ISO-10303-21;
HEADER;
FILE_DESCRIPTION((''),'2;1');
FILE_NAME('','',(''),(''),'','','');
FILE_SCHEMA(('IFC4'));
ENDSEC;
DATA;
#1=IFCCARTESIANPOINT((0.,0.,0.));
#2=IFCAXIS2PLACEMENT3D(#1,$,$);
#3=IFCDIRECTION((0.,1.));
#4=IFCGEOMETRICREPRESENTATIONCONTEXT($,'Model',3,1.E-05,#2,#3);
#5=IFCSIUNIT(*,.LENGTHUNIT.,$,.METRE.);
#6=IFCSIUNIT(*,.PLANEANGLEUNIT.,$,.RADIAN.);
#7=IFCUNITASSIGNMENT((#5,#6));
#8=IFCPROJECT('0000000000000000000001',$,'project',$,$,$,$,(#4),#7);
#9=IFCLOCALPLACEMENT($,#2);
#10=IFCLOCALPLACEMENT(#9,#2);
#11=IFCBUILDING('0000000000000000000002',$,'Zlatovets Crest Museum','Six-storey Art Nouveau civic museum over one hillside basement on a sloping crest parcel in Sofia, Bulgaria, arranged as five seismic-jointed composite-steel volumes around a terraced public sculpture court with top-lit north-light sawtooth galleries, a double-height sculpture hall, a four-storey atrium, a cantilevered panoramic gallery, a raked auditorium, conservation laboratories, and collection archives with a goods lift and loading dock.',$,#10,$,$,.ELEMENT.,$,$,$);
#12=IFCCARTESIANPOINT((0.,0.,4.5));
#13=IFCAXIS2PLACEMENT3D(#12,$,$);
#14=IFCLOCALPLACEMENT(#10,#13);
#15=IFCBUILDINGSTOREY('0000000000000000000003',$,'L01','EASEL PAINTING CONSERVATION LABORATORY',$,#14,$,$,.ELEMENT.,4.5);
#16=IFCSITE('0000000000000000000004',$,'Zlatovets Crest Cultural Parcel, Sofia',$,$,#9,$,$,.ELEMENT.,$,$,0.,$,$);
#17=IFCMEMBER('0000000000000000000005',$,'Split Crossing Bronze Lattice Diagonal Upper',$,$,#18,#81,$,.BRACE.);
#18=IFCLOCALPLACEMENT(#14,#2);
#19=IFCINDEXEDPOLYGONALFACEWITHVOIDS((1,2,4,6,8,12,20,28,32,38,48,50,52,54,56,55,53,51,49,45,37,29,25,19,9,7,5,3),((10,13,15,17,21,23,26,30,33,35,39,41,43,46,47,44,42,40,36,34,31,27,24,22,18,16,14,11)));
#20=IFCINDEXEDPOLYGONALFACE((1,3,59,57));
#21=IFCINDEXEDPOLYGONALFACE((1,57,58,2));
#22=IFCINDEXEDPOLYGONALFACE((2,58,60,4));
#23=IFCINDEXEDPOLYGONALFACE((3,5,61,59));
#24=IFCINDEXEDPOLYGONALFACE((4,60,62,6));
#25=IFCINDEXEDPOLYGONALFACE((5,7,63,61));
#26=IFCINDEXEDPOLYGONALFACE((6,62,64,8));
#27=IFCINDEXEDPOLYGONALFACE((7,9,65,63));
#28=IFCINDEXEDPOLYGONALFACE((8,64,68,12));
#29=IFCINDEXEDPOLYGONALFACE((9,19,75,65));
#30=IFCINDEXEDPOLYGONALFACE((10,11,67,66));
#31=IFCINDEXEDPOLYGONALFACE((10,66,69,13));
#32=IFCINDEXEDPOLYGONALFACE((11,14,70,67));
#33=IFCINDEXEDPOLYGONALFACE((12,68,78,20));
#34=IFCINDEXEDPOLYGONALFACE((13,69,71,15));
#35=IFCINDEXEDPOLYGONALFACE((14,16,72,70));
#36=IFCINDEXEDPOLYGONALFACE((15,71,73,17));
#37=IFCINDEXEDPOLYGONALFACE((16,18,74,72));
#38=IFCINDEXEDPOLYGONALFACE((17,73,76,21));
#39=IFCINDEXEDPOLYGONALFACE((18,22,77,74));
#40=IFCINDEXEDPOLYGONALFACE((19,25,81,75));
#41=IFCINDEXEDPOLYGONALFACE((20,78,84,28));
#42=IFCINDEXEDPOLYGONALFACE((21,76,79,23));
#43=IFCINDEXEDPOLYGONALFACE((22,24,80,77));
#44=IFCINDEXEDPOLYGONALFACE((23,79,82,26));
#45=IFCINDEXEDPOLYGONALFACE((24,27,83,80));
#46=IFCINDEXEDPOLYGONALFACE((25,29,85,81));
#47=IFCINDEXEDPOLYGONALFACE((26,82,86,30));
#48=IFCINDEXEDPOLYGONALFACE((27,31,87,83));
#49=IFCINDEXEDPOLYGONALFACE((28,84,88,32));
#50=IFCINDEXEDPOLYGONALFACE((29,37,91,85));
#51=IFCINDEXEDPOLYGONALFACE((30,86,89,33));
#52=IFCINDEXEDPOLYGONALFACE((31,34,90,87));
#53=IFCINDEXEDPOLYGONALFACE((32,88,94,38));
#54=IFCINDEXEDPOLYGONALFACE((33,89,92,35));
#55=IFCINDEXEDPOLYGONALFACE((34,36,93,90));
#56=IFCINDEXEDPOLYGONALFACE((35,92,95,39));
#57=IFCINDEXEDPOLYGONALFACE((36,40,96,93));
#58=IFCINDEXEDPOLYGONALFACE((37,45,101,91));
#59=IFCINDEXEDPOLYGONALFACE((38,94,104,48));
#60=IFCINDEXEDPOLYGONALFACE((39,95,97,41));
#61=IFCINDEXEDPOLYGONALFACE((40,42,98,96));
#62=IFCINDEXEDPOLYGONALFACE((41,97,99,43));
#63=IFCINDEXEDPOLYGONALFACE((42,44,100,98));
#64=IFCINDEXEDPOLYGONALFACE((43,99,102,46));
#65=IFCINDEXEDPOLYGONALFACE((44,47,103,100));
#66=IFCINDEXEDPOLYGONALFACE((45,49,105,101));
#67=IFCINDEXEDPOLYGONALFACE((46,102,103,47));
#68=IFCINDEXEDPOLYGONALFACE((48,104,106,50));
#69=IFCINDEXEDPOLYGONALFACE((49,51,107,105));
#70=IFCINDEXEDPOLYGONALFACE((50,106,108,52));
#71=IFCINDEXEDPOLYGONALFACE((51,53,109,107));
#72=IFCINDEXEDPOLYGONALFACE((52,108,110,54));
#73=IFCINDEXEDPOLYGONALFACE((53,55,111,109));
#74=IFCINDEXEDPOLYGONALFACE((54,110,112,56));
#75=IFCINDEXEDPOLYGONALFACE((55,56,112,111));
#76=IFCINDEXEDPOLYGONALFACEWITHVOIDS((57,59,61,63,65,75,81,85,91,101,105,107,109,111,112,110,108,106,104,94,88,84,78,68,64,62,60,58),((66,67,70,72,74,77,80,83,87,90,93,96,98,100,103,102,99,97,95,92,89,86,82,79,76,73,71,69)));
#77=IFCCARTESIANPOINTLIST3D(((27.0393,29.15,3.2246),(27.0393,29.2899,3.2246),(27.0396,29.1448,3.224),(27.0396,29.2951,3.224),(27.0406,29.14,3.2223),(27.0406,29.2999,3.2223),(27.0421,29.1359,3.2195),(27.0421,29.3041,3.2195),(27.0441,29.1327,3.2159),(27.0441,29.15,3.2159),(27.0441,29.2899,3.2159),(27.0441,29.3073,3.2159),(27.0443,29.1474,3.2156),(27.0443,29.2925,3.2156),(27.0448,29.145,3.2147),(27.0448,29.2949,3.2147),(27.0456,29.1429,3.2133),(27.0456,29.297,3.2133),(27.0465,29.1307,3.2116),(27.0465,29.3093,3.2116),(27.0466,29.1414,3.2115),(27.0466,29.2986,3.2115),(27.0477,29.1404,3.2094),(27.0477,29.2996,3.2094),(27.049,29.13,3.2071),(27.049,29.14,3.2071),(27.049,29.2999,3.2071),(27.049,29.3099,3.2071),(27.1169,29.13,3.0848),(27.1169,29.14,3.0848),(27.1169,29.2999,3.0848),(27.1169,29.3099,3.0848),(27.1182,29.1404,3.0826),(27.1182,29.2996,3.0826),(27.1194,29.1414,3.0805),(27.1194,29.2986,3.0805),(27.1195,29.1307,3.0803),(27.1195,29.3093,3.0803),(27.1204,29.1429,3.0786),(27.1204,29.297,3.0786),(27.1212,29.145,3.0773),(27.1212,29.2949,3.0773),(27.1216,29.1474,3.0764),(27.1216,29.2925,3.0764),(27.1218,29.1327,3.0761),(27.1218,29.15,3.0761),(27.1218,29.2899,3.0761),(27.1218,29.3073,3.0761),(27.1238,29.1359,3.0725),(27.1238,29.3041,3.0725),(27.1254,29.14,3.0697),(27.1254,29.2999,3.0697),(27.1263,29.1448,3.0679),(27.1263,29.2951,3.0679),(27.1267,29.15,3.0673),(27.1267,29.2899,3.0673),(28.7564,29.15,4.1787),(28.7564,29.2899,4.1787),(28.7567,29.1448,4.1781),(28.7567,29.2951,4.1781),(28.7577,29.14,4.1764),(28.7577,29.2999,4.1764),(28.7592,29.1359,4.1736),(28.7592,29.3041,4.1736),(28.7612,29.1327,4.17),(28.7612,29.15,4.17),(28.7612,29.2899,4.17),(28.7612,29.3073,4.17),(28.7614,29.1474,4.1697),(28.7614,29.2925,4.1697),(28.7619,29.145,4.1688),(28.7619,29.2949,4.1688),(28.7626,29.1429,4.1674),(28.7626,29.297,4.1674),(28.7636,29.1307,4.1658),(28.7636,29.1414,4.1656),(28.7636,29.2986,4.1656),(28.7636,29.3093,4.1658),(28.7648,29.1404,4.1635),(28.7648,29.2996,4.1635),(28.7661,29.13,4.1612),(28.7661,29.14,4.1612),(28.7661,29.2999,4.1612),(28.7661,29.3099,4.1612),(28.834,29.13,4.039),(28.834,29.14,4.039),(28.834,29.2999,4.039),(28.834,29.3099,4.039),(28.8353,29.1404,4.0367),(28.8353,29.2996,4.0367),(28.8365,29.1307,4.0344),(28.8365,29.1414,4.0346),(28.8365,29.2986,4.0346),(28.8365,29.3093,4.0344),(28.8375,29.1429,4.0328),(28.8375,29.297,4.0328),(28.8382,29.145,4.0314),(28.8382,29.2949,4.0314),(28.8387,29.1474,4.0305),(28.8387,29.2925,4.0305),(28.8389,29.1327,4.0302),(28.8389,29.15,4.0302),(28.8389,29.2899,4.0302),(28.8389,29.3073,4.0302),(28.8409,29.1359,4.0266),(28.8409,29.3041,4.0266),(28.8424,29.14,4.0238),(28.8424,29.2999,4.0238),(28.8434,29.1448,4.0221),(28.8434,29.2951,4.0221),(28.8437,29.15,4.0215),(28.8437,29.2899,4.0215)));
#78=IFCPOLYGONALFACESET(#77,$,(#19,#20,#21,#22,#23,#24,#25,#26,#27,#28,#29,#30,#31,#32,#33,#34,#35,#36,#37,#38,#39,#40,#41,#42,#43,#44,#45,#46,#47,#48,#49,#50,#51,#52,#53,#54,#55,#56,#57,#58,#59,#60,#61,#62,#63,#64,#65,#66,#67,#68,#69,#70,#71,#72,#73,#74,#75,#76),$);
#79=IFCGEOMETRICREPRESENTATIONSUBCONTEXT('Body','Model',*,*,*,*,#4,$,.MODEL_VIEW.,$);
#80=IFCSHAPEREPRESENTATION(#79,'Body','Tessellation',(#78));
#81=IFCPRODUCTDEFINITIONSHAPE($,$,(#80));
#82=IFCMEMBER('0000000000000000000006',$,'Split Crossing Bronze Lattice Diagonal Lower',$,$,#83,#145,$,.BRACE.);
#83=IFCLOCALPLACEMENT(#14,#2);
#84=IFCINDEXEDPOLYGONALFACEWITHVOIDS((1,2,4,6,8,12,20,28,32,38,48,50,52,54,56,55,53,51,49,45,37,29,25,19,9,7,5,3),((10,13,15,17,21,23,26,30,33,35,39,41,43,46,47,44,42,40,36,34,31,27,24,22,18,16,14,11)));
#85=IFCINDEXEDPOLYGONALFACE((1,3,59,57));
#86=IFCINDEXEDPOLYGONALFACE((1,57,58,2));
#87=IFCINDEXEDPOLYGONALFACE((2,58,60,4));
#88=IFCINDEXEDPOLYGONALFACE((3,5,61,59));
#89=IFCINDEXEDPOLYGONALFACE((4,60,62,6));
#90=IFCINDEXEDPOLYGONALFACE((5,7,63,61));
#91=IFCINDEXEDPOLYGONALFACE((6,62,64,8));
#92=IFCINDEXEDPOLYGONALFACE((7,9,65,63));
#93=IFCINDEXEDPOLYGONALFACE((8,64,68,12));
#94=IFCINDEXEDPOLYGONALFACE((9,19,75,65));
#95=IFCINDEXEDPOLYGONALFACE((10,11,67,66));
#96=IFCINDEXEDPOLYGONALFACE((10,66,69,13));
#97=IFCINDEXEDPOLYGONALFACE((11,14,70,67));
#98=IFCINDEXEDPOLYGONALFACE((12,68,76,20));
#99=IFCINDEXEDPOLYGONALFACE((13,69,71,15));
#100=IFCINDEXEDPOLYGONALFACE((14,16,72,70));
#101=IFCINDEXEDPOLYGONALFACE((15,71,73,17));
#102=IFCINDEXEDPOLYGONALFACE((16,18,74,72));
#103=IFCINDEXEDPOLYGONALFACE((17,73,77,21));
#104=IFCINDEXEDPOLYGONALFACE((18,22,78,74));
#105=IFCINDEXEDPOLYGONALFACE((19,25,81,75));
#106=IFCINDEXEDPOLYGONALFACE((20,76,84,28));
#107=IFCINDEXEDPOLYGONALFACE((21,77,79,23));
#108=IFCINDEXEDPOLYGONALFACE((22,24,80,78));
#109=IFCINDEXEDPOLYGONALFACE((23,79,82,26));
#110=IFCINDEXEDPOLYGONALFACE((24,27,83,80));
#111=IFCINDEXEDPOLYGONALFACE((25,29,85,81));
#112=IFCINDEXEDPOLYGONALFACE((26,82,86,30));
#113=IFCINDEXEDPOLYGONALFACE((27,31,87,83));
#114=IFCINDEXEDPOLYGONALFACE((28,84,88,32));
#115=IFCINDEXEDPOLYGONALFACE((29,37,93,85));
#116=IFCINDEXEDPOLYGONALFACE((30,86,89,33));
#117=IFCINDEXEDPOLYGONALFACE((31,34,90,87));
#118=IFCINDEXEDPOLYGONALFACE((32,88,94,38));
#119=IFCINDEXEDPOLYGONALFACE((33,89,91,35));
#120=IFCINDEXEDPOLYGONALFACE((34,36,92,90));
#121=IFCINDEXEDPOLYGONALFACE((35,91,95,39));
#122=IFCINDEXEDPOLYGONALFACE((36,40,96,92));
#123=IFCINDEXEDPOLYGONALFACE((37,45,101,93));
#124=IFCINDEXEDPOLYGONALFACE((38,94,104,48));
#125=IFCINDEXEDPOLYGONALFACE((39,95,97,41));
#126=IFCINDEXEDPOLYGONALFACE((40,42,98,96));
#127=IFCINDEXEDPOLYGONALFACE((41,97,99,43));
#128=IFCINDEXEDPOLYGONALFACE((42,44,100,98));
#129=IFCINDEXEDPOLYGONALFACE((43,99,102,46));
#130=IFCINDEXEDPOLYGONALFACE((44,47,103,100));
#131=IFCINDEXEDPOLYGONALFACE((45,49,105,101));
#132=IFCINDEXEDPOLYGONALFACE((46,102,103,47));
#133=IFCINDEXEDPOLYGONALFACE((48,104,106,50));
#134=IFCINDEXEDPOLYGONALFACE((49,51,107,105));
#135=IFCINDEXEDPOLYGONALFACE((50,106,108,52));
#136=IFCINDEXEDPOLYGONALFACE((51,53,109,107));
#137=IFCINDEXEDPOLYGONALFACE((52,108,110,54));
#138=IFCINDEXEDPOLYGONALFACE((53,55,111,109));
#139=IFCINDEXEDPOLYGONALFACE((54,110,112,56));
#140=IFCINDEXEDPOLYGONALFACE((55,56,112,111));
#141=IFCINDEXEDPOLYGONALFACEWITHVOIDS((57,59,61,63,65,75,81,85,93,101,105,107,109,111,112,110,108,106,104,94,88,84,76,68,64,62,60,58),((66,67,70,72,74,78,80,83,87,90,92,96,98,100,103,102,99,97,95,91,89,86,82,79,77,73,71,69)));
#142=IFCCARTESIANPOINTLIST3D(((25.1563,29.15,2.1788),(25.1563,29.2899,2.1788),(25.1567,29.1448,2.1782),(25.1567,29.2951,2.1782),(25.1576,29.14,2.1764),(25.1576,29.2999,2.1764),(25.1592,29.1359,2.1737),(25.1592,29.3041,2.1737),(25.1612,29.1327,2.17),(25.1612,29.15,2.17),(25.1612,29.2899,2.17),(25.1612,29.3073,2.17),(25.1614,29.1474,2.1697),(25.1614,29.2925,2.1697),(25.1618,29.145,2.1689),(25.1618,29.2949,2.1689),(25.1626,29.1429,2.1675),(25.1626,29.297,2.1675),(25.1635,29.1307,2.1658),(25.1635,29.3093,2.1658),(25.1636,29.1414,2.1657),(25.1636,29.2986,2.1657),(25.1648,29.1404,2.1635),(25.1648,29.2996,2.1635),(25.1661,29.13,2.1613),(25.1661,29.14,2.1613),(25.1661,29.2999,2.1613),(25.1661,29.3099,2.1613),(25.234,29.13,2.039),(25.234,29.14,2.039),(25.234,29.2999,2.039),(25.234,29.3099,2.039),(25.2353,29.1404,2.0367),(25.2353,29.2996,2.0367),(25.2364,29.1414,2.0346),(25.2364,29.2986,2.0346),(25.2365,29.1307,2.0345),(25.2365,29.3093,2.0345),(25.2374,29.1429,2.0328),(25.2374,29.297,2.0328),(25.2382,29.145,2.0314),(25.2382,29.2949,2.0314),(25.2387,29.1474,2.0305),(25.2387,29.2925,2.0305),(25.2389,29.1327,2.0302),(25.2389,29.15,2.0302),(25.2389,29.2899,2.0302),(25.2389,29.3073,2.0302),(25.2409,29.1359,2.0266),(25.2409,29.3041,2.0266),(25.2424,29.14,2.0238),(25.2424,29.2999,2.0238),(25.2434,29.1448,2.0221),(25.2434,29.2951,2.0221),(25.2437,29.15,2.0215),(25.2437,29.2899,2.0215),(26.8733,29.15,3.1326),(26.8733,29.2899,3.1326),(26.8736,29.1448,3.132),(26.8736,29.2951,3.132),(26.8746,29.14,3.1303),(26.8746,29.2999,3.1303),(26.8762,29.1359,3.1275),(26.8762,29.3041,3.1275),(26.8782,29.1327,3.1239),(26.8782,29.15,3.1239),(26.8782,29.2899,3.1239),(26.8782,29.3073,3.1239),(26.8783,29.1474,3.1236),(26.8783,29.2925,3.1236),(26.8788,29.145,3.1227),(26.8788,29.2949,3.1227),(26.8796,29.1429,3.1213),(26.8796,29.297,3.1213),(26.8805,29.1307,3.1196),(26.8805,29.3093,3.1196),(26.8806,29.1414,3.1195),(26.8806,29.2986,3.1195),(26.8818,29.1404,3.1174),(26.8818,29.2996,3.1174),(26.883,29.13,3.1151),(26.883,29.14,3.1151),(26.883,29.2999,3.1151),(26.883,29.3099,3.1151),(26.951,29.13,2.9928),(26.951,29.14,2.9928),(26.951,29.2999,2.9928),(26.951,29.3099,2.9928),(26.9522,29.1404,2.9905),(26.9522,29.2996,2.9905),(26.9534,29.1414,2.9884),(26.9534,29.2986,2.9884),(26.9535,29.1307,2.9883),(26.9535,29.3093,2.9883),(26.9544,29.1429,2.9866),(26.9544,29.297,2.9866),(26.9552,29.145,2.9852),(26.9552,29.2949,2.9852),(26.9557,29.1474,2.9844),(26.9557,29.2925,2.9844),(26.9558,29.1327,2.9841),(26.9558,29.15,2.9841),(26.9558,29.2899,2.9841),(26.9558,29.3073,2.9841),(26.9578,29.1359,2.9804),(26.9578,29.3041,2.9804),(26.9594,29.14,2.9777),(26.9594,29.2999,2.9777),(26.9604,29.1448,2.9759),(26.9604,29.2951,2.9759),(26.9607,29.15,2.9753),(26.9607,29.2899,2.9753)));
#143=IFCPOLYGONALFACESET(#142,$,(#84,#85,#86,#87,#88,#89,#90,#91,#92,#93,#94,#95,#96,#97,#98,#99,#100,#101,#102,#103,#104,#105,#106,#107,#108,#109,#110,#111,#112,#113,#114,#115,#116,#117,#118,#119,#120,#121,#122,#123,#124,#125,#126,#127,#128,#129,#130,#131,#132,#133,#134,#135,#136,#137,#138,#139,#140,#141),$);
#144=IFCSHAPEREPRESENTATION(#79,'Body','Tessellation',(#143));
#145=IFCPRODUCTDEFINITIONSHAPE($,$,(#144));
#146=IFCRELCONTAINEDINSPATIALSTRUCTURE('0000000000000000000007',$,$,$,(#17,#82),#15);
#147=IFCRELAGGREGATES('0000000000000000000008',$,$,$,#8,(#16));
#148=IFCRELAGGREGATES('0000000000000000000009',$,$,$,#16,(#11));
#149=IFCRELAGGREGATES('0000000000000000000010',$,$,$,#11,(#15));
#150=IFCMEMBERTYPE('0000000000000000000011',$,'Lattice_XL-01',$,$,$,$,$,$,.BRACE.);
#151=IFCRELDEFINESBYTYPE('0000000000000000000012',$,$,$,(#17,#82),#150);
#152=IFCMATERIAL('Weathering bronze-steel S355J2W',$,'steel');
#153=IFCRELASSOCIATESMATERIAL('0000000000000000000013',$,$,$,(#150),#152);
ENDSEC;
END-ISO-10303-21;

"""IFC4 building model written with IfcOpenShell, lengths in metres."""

from ifc_helpers import new_model, si_unit, direction, frame, origin, origin_2d, place, context, subcontext, project, spatial, hollow_rectangle, extrude, material, material_profile, profile_set, type_object, element, save


model = new_model("IFC4")

# Units and contexts
model_context = context("Model", 3, precision=1e-05, world=origin(), true_north=direction((0.0, 1.0)))
body_context = subcontext(model_context, "Body", "Model", "MODEL_VIEW")
ifc_project = project(units=[si_unit("LENGTHUNIT", "METRE"), si_unit("PLANEANGLEUNIT", "RADIAN")], contexts=[model_context])

# Site, building, storey
site_placement = place(None, origin())
site = spatial("IfcSite", under=ifc_project, at=site_placement, Name="Zlatovets Crest Cultural Parcel, Sofia", CompositionType="ELEMENT", RefElevation=0.0)
building_placement = place(site_placement, origin())
building = spatial("IfcBuilding", under=site, at=building_placement, Name="Zlatovets Crest Museum", Description="Six-storey Art Nouveau civic museum over one hillside basement on a sloping crest parcel in Sofia, Bulgaria, arranged as five seismic-jointed composite-steel volumes around a terraced public sculpture court with top-lit north-light sawtooth galleries, a double-height sculpture hall, a four-storey atrium, a cantilevered panoramic gallery, a raked auditorium, conservation laboratories, and collection archives with a goods lift and loading dock.", CompositionType="ELEMENT")
storey_placement = place(building_placement, frame((0.0, 0.0, 4.5)))
storey = spatial("IfcBuildingStorey", under=building, at=storey_placement, Name="L01", Description="EASEL PAINTING CONSERVATION LABORATORY", CompositionType="ELEMENT", Elevation=4.5)

# Members
ifc_material_1 = material(Name="Weathering bronze-steel S355J2W", Category="steel")
ifc_material_profile_1 = material_profile(ifc_material_1, hollow_rectangle(XDim=0.1799, YDim=0.1799, WallThickness=0.01, InnerFilletRadius=0.01, OuterFilletRadius=0.02, at=origin_2d()), Name="SHS 180x180x10.0")
ifc_profile_set_1 = profile_set([ifc_material_profile_1], Name="Weathering bronze-steel S355J2W")
member_type_1 = type_object("IfcMemberType", Name="Lattice_XL-01", PredefinedType="BRACE", material=ifc_profile_set_1)
member_1_placement = place(storey_placement, frame((28.8, 29.22, 4.1001), z_axis=(-0.874116, 0.0, -0.485717), x_axis=(0.0, -1.0, 0.0)))
element("IfcMember", 1, at=member_1_placement, inside=storey, type_object=member_type_1, Name="Split Crossing Bronze Lattice Diagonal Upper", PredefinedType="BRACE", context=body_context, shape_type="SweptSolid", body=[
    extrude(hollow_rectangle(XDim=0.1799, YDim=0.1799, WallThickness=0.01, InnerFilletRadius=0.01, OuterFilletRadius=0.02, at=origin_2d()), origin(), (0.0, 0.0, 1.0), 1.9644),
])
member_2_placement = place(storey_placement, frame((26.917, 29.22, 3.054), z_axis=(-0.874169, 0.0, -0.485622), x_axis=(0.0, -1.0, 0.0)))
element("IfcMember", 2, at=member_2_placement, inside=storey, type_object=member_type_1, Name="Split Crossing Bronze Lattice Diagonal Lower", PredefinedType="BRACE", context=body_context, shape_type="SweptSolid", body=[
    extrude(hollow_rectangle(XDim=0.1799, YDim=0.1799, WallThickness=0.01, InnerFilletRadius=0.01, OuterFilletRadius=0.02, at=origin_2d()), origin(), (0.0, 0.0, 1.0), 1.9641),
])

save(model, "model.ifc")
